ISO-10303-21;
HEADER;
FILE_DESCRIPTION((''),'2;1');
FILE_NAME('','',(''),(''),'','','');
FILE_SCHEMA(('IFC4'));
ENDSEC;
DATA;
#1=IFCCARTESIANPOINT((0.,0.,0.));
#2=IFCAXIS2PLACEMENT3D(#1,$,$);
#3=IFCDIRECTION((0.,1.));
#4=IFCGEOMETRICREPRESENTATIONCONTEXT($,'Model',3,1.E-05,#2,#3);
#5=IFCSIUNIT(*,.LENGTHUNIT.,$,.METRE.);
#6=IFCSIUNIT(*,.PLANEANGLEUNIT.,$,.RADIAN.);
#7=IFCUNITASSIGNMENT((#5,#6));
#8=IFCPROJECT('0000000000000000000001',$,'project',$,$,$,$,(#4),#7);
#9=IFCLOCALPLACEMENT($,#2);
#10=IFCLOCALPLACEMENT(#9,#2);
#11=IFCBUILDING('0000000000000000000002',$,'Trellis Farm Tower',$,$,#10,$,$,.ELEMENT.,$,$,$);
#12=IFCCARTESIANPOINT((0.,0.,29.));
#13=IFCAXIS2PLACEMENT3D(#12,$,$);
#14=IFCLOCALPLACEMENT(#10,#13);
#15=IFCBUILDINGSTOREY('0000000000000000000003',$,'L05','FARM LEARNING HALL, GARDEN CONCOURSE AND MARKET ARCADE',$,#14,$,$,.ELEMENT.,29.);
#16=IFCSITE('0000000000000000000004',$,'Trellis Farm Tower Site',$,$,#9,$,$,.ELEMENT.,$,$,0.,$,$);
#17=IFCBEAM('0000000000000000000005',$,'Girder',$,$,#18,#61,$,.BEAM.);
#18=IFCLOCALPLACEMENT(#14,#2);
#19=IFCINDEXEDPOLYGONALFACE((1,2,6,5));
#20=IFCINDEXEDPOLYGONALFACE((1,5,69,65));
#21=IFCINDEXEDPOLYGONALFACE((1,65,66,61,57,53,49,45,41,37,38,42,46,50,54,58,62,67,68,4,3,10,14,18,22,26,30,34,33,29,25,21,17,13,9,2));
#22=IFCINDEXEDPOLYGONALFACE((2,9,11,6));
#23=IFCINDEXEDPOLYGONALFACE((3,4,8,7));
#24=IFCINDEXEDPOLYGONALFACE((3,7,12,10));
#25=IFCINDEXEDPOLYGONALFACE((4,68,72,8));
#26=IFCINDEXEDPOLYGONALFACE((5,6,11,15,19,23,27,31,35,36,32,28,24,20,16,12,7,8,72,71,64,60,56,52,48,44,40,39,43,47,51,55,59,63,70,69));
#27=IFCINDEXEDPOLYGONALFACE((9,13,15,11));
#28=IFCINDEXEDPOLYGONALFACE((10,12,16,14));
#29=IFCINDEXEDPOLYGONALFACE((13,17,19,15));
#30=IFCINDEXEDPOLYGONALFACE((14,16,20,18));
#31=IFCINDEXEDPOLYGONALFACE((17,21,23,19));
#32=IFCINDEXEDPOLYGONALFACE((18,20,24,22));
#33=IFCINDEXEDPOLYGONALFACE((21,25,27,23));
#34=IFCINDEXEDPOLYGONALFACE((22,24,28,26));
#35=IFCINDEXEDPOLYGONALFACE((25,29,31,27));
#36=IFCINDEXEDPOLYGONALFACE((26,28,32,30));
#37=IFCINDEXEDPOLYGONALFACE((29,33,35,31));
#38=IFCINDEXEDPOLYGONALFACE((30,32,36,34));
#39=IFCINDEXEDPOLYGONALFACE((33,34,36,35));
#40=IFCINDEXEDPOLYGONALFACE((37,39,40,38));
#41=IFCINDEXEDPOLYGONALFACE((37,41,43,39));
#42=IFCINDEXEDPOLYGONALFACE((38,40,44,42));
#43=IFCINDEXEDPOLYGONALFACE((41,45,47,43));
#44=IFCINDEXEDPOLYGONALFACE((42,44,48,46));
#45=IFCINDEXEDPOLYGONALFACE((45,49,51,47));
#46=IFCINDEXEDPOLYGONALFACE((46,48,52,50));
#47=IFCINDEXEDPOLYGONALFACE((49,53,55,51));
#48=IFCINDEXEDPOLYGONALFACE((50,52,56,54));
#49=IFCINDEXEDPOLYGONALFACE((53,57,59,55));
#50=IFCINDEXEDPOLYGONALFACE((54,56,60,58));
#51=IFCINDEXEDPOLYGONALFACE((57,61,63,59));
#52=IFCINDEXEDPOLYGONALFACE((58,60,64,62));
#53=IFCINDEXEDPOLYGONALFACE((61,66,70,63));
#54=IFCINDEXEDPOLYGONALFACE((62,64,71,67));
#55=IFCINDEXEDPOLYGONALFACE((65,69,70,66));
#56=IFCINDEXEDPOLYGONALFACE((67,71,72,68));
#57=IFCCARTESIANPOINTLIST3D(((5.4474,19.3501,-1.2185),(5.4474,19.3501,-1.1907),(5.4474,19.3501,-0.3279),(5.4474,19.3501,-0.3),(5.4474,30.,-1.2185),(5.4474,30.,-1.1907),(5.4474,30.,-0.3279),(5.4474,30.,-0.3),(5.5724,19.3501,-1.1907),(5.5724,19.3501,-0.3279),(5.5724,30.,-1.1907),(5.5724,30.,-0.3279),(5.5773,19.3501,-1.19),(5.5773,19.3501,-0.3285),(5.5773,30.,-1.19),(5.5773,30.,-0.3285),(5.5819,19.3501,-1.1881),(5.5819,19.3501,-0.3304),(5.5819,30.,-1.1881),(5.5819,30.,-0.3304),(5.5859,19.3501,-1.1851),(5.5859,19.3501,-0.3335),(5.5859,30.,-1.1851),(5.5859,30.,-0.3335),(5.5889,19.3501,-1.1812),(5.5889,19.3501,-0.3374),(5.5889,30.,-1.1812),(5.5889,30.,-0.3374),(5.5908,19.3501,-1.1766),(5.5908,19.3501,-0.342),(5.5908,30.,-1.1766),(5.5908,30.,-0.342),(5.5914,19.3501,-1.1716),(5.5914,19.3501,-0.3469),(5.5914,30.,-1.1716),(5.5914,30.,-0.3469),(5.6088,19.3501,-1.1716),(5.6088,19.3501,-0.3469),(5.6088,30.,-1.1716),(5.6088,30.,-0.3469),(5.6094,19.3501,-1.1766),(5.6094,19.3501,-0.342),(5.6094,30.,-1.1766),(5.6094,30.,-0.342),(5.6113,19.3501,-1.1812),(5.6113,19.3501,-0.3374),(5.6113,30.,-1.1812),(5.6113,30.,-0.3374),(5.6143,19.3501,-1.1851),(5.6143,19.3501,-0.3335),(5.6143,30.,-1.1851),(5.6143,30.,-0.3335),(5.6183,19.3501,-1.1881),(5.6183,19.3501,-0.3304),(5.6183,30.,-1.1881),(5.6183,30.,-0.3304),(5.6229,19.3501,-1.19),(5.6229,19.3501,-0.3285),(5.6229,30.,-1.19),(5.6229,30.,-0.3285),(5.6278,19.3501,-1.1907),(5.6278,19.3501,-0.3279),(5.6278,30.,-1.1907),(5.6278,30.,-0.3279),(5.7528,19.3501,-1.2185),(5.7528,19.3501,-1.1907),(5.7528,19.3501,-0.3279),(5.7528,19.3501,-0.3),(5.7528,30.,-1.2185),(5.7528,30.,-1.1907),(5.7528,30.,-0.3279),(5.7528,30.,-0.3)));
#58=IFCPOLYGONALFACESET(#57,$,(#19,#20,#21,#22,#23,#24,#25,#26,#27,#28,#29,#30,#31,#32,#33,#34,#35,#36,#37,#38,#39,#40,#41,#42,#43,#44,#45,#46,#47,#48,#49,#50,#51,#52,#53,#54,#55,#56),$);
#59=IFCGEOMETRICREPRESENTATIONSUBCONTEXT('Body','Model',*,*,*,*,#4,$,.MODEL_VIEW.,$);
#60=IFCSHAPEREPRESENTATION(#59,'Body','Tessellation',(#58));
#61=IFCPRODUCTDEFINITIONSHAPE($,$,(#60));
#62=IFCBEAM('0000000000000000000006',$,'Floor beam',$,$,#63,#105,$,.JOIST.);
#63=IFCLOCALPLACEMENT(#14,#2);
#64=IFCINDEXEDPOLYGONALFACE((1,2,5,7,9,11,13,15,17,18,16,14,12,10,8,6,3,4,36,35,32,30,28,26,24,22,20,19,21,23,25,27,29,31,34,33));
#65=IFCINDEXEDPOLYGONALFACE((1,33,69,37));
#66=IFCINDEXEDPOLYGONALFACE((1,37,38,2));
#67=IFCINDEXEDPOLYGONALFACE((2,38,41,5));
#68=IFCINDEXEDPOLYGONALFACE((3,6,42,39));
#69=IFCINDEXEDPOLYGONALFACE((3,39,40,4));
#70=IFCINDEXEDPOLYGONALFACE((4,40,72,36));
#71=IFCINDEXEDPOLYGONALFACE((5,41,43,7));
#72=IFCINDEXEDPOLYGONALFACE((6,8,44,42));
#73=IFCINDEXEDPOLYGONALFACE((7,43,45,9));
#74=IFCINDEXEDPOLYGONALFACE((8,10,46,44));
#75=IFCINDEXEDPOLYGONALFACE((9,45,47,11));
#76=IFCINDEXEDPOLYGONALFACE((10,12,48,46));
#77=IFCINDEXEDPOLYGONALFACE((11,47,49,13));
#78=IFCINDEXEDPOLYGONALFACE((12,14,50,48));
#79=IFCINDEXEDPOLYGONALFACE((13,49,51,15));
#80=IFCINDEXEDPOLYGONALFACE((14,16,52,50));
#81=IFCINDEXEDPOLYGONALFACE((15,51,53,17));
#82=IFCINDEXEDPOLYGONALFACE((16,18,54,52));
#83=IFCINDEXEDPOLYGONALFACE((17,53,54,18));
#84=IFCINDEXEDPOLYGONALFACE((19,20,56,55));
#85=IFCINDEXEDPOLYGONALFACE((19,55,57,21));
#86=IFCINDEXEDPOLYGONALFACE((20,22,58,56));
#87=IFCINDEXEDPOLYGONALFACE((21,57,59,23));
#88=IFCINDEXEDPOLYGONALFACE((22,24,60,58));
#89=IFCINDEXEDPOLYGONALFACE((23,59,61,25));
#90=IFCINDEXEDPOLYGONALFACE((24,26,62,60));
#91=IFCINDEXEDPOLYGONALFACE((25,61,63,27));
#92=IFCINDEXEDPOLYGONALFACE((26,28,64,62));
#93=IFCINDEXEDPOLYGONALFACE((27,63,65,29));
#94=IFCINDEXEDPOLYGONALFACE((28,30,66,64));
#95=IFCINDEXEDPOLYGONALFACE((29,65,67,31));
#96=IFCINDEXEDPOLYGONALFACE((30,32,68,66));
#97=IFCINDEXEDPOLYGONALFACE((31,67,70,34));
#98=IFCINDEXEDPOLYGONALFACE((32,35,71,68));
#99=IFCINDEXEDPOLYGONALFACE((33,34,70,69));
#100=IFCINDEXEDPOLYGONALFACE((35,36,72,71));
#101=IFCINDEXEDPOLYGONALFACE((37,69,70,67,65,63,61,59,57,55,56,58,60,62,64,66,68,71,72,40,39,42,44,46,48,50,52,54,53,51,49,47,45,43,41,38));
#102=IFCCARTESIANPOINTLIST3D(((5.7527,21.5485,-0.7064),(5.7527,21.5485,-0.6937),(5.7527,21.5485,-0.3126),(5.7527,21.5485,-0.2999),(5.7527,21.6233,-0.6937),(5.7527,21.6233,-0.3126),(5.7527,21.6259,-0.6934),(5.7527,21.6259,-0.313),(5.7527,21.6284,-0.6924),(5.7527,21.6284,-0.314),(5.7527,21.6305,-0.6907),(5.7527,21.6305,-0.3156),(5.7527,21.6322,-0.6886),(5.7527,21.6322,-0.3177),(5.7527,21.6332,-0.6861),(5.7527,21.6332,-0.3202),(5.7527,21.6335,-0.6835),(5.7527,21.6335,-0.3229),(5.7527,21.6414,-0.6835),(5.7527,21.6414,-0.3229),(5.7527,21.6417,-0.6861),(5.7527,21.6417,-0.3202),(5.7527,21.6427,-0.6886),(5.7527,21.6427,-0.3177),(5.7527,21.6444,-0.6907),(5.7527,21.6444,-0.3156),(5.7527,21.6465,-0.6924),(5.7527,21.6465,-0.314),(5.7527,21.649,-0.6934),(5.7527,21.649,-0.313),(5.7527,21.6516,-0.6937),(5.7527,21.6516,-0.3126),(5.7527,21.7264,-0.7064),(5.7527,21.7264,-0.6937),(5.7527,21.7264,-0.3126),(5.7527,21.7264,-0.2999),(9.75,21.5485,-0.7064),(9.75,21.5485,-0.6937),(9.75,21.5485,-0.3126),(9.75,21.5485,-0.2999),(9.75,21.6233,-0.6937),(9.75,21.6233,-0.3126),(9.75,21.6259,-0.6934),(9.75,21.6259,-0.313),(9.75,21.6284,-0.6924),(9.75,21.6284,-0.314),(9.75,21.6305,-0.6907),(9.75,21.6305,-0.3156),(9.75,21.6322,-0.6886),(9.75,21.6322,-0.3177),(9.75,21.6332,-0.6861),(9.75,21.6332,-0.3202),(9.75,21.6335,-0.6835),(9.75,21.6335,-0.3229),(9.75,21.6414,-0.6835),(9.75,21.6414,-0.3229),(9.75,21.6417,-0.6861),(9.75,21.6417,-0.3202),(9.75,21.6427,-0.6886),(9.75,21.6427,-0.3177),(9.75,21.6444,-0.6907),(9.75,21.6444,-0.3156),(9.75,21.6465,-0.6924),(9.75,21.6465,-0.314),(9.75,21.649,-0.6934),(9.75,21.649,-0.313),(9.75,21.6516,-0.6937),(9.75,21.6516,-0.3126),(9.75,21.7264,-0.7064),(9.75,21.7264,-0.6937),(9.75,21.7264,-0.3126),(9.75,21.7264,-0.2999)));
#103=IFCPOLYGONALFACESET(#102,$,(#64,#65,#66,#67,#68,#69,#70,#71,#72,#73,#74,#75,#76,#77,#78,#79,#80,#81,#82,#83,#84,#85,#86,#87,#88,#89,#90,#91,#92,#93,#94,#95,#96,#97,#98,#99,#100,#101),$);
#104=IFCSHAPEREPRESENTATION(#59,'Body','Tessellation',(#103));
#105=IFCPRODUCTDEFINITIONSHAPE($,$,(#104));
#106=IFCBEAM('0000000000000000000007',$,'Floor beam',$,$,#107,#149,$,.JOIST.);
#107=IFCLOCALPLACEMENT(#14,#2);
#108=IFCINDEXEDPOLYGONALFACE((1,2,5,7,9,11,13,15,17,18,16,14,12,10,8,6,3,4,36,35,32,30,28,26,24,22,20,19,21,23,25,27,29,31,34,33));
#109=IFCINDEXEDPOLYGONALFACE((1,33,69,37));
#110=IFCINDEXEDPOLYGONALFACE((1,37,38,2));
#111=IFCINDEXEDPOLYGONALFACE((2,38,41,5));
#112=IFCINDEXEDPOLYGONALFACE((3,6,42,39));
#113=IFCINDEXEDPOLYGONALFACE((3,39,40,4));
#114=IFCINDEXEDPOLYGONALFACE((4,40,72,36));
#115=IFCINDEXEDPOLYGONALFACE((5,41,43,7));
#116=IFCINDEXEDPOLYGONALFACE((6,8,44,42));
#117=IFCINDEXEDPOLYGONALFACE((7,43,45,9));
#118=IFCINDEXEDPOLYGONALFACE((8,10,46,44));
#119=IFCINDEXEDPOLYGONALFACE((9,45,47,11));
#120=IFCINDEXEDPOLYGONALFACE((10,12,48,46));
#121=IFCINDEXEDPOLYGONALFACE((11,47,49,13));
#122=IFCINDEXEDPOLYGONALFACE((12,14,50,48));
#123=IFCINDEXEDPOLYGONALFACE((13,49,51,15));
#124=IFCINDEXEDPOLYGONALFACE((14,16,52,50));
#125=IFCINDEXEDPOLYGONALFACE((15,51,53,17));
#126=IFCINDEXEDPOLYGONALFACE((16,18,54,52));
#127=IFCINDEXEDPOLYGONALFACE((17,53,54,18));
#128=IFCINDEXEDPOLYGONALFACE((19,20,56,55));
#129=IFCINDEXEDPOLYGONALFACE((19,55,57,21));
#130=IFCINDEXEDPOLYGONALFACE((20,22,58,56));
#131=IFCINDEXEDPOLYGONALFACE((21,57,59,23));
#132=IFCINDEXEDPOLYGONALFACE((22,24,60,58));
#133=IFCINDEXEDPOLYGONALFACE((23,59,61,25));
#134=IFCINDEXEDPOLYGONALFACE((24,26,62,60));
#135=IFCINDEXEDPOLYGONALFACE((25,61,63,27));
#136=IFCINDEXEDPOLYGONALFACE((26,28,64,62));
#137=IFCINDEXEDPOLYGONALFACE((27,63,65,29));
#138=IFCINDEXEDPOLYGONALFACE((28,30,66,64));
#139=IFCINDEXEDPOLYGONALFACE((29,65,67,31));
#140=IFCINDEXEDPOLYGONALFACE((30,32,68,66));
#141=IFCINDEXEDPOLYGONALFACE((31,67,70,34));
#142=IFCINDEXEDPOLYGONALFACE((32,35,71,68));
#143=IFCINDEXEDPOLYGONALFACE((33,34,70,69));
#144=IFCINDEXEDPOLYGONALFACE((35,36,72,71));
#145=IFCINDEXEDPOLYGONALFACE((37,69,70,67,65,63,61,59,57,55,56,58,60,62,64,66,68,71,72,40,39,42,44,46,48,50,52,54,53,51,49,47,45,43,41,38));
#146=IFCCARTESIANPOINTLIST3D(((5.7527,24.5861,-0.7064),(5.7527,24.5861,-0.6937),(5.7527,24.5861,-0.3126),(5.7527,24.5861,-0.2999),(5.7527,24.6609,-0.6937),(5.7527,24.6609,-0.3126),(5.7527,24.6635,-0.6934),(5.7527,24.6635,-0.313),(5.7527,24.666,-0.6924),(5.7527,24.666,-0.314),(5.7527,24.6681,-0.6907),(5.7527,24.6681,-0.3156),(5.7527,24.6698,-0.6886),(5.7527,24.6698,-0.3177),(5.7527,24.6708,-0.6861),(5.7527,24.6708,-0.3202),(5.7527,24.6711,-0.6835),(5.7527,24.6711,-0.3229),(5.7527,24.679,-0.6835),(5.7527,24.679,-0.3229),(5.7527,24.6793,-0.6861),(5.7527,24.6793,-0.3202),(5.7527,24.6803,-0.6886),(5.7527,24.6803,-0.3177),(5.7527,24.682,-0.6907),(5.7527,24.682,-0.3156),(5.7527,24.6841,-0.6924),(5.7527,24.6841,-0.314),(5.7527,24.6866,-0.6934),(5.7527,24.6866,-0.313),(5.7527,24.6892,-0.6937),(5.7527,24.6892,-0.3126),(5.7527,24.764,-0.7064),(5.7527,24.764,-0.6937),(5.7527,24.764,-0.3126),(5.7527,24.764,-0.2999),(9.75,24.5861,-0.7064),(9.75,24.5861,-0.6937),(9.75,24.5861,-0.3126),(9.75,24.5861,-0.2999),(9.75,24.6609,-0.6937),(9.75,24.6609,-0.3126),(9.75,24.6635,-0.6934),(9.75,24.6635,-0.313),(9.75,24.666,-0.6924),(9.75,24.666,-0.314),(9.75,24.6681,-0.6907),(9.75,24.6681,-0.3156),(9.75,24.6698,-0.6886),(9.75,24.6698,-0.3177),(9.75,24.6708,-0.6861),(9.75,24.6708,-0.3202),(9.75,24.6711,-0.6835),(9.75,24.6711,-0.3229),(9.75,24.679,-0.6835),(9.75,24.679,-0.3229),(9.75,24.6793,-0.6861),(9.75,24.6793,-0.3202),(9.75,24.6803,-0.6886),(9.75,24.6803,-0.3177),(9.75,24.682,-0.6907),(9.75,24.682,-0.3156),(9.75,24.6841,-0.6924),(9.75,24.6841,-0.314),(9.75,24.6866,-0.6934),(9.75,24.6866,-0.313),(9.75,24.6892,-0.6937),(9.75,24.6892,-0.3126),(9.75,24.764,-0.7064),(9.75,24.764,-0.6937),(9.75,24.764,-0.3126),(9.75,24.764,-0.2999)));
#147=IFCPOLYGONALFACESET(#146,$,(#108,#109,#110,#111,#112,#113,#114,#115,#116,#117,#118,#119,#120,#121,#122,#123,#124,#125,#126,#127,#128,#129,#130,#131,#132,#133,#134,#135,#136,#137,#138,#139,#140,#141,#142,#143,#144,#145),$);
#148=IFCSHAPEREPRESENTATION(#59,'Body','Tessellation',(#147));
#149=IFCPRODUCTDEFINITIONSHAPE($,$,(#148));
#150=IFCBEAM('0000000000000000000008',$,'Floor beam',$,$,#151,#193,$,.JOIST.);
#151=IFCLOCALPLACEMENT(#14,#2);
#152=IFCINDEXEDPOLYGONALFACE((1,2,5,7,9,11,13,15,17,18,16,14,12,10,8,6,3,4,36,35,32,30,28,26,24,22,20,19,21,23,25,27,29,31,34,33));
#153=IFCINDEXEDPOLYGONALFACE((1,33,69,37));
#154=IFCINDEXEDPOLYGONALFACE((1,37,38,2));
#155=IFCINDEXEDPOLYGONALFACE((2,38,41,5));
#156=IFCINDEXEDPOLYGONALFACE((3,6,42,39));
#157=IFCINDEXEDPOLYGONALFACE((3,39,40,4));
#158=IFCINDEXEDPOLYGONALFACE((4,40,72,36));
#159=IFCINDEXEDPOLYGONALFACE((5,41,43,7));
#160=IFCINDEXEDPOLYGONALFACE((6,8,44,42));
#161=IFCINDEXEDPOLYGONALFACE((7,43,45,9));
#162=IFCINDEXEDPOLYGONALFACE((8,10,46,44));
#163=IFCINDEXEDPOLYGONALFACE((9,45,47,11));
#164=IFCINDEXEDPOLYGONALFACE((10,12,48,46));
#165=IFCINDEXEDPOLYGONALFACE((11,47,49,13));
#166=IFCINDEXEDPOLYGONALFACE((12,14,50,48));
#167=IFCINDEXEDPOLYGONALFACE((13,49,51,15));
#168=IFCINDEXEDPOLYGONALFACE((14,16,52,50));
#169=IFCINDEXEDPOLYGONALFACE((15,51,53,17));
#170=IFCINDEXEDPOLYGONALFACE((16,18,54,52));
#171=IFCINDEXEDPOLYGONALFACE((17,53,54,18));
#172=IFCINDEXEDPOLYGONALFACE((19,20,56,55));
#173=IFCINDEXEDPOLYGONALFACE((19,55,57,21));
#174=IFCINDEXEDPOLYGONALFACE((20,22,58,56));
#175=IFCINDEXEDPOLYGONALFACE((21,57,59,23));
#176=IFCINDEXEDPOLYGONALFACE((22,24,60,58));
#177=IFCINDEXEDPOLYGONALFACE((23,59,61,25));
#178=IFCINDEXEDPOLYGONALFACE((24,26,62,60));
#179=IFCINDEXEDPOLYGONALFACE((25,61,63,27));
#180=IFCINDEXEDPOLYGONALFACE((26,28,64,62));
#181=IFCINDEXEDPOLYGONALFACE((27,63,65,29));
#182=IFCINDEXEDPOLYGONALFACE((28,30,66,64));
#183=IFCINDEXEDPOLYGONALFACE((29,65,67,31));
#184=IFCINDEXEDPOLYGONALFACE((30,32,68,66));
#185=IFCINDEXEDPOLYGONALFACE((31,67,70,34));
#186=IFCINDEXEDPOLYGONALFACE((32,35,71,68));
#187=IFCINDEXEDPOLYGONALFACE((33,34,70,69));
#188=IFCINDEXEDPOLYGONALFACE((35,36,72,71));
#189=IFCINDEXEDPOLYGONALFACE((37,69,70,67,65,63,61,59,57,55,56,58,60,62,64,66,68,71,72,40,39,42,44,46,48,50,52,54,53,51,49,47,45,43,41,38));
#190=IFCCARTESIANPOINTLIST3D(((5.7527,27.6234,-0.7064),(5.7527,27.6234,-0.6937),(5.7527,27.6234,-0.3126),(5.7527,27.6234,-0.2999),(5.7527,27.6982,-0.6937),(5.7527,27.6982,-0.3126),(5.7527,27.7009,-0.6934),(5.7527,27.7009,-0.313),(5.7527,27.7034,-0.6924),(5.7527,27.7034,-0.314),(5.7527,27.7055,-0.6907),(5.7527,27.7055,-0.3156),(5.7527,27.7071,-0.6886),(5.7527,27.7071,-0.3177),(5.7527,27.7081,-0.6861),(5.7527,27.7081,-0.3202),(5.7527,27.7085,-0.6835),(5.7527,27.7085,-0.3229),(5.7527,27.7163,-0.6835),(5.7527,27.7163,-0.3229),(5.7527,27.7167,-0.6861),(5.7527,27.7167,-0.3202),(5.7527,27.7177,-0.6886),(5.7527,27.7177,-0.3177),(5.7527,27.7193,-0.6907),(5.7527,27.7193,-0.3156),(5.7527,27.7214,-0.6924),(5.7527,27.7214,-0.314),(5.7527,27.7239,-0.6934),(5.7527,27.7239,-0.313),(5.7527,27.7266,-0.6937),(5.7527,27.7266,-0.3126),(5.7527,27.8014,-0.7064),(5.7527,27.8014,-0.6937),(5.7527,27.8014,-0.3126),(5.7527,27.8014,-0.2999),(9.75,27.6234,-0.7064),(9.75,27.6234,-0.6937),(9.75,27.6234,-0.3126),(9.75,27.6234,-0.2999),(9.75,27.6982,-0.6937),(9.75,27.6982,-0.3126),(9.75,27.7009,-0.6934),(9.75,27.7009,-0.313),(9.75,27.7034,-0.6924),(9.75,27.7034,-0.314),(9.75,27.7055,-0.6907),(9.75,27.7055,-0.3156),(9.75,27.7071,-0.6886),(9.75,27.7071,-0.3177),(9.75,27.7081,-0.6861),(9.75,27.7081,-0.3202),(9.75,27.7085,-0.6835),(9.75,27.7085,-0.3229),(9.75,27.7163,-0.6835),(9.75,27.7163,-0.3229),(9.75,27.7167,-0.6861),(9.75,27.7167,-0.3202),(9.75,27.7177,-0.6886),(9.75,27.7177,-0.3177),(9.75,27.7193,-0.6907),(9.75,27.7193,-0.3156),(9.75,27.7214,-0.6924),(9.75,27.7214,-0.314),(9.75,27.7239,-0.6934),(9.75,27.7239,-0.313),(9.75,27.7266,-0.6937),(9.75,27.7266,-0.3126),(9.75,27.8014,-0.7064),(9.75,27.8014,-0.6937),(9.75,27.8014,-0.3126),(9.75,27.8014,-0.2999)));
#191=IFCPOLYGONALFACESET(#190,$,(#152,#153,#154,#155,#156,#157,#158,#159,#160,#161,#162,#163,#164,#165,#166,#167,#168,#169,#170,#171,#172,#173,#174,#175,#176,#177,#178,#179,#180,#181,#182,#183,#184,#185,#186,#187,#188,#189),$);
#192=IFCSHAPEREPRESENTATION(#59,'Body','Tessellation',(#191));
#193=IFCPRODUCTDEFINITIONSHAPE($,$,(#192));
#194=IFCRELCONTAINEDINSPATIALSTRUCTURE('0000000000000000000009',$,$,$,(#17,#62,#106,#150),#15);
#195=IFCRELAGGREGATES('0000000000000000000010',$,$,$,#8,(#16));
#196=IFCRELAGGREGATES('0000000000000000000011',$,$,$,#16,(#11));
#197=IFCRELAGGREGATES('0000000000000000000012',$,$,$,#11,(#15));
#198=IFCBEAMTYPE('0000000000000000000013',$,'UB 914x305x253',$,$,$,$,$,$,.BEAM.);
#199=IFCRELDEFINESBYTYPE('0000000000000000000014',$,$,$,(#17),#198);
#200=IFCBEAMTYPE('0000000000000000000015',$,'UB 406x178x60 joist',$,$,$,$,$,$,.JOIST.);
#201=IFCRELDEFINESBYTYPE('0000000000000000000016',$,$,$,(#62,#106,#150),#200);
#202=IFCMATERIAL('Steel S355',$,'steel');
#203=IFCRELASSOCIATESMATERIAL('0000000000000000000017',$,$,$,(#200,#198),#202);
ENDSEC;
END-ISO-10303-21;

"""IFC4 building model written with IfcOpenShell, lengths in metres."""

from ifc_helpers import new_model, si_unit, direction, frame, origin, origin_2d, place, context, subcontext, project, spatial, i_section, extrude, source, transform, mapped, material, material_profile, profile_set, type_object, element, save


model = new_model("IFC4")

# Units and contexts
model_context = context("Model", 3, precision=1e-05, world=origin(), true_north=direction((0.0, 1.0)))
body_context = subcontext(model_context, "Body", "Model", "MODEL_VIEW")
ifc_project = project(units=[si_unit("LENGTHUNIT", "METRE"), si_unit("PLANEANGLEUNIT", "RADIAN")], contexts=[model_context])

# Site, building, storey
site_placement = place(None, origin())
site = spatial("IfcSite", under=ifc_project, at=site_placement, Name="Trellis Farm Tower Site", CompositionType="ELEMENT", RefElevation=0.0)
building_placement = place(site_placement, origin())
building = spatial("IfcBuilding", under=site, at=building_placement, Name="Trellis Farm Tower", CompositionType="ELEMENT")
storey_placement = place(building_placement, frame((0.0, 0.0, 29.0)))
storey = spatial("IfcBuildingStorey", under=building, at=storey_placement, Name="L05", Description="FARM LEARNING HALL, GARDEN CONCOURSE AND MARKET ARCADE", CompositionType="ELEMENT", Elevation=29.0)

# Beams
ifc_material_1 = material(Name="Steel S355", Category="steel")
ifc_material_profile_1 = material_profile(ifc_material_1, i_section(OverallWidth=0.178, OverallDepth=0.4065, WebThickness=0.0078, FlangeThickness=0.0127, FilletRadius=0.0103, at=origin_2d()), Name="UB 406x178x60")
ifc_profile_set_1 = profile_set([ifc_material_profile_1], Name="Steel S355")
beam_type_1 = type_object("IfcBeamType", Name="UB 406x178x60 joist", PredefinedType="JOIST", material=ifc_profile_set_1)
ifc_material_profile_2 = material_profile(ifc_material_1, i_section(OverallWidth=0.3054, OverallDepth=0.9185, WebThickness=0.0173, FlangeThickness=0.0278, FilletRadius=0.019, at=origin_2d()), Name="UB 914x305x253")
ifc_profile_set_2 = profile_set([ifc_material_profile_2], Name="Steel S355")
beam_type_2 = type_object("IfcBeamType", Name="UB 914x305x253", PredefinedType="BEAM", material=ifc_profile_set_2)
shared_shape_1 = source(origin(), body_context, "Body", "SweptSolid", [
    extrude(i_section(OverallWidth=0.3054, OverallDepth=0.9185, WebThickness=0.0173, FlangeThickness=0.0278, FilletRadius=0.019, at=origin_2d()), origin(), (0.0, 0.0, 1.0), 10.6499),
])
beam_1_placement = place(storey_placement, frame((5.6001, 19.3501, -0.7593), z_axis=(0.0, 1.0, 0.0), x_axis=(-1.0, 0.0, 0.0)))
element("IfcBeam", 1, at=beam_1_placement, inside=storey, type_object=beam_type_2, Name="Girder", PredefinedType="BEAM", context=body_context, shape_type="MappedRepresentation", body=[
    mapped(shared_shape_1, transform((0.0, 0.0, 0.0))),
])
shared_shape_2 = source(origin(), body_context, "Body", "SweptSolid", [
    extrude(i_section(OverallWidth=0.178, OverallDepth=0.4065, WebThickness=0.0078, FlangeThickness=0.0127, FilletRadius=0.0103, at=origin_2d()), origin(), (0.0, 0.0, 1.0), 3.9973),
])
for number, where, z_axis, x_axis, name in (
    (2, (5.7527, 21.6375, -0.5032), (1.0, 0.0, 0.0), (0.0, 1.0, 0.0), "Floor beam"),
    (3, (5.7527, 24.675, -0.5032), (1.0, 0.0, 0.0), (0.0, 1.0, 0.0), "Floor beam"),
    (4, (5.7527, 27.7124, -0.5032), (1.0, 0.0, 0.0), (0.0, 1.0, 0.0), "Floor beam"),
):
    element("IfcBeam", number, at=place(storey_placement, frame(where, z_axis=z_axis, x_axis=x_axis)), inside=storey, type_object=beam_type_1, Name=name, PredefinedType="JOIST", context=body_context, shape_type="MappedRepresentation", body=[
        mapped(shared_shape_2, transform((0.0, 0.0, 0.0))),
    ])

save(model, "model.ifc")
